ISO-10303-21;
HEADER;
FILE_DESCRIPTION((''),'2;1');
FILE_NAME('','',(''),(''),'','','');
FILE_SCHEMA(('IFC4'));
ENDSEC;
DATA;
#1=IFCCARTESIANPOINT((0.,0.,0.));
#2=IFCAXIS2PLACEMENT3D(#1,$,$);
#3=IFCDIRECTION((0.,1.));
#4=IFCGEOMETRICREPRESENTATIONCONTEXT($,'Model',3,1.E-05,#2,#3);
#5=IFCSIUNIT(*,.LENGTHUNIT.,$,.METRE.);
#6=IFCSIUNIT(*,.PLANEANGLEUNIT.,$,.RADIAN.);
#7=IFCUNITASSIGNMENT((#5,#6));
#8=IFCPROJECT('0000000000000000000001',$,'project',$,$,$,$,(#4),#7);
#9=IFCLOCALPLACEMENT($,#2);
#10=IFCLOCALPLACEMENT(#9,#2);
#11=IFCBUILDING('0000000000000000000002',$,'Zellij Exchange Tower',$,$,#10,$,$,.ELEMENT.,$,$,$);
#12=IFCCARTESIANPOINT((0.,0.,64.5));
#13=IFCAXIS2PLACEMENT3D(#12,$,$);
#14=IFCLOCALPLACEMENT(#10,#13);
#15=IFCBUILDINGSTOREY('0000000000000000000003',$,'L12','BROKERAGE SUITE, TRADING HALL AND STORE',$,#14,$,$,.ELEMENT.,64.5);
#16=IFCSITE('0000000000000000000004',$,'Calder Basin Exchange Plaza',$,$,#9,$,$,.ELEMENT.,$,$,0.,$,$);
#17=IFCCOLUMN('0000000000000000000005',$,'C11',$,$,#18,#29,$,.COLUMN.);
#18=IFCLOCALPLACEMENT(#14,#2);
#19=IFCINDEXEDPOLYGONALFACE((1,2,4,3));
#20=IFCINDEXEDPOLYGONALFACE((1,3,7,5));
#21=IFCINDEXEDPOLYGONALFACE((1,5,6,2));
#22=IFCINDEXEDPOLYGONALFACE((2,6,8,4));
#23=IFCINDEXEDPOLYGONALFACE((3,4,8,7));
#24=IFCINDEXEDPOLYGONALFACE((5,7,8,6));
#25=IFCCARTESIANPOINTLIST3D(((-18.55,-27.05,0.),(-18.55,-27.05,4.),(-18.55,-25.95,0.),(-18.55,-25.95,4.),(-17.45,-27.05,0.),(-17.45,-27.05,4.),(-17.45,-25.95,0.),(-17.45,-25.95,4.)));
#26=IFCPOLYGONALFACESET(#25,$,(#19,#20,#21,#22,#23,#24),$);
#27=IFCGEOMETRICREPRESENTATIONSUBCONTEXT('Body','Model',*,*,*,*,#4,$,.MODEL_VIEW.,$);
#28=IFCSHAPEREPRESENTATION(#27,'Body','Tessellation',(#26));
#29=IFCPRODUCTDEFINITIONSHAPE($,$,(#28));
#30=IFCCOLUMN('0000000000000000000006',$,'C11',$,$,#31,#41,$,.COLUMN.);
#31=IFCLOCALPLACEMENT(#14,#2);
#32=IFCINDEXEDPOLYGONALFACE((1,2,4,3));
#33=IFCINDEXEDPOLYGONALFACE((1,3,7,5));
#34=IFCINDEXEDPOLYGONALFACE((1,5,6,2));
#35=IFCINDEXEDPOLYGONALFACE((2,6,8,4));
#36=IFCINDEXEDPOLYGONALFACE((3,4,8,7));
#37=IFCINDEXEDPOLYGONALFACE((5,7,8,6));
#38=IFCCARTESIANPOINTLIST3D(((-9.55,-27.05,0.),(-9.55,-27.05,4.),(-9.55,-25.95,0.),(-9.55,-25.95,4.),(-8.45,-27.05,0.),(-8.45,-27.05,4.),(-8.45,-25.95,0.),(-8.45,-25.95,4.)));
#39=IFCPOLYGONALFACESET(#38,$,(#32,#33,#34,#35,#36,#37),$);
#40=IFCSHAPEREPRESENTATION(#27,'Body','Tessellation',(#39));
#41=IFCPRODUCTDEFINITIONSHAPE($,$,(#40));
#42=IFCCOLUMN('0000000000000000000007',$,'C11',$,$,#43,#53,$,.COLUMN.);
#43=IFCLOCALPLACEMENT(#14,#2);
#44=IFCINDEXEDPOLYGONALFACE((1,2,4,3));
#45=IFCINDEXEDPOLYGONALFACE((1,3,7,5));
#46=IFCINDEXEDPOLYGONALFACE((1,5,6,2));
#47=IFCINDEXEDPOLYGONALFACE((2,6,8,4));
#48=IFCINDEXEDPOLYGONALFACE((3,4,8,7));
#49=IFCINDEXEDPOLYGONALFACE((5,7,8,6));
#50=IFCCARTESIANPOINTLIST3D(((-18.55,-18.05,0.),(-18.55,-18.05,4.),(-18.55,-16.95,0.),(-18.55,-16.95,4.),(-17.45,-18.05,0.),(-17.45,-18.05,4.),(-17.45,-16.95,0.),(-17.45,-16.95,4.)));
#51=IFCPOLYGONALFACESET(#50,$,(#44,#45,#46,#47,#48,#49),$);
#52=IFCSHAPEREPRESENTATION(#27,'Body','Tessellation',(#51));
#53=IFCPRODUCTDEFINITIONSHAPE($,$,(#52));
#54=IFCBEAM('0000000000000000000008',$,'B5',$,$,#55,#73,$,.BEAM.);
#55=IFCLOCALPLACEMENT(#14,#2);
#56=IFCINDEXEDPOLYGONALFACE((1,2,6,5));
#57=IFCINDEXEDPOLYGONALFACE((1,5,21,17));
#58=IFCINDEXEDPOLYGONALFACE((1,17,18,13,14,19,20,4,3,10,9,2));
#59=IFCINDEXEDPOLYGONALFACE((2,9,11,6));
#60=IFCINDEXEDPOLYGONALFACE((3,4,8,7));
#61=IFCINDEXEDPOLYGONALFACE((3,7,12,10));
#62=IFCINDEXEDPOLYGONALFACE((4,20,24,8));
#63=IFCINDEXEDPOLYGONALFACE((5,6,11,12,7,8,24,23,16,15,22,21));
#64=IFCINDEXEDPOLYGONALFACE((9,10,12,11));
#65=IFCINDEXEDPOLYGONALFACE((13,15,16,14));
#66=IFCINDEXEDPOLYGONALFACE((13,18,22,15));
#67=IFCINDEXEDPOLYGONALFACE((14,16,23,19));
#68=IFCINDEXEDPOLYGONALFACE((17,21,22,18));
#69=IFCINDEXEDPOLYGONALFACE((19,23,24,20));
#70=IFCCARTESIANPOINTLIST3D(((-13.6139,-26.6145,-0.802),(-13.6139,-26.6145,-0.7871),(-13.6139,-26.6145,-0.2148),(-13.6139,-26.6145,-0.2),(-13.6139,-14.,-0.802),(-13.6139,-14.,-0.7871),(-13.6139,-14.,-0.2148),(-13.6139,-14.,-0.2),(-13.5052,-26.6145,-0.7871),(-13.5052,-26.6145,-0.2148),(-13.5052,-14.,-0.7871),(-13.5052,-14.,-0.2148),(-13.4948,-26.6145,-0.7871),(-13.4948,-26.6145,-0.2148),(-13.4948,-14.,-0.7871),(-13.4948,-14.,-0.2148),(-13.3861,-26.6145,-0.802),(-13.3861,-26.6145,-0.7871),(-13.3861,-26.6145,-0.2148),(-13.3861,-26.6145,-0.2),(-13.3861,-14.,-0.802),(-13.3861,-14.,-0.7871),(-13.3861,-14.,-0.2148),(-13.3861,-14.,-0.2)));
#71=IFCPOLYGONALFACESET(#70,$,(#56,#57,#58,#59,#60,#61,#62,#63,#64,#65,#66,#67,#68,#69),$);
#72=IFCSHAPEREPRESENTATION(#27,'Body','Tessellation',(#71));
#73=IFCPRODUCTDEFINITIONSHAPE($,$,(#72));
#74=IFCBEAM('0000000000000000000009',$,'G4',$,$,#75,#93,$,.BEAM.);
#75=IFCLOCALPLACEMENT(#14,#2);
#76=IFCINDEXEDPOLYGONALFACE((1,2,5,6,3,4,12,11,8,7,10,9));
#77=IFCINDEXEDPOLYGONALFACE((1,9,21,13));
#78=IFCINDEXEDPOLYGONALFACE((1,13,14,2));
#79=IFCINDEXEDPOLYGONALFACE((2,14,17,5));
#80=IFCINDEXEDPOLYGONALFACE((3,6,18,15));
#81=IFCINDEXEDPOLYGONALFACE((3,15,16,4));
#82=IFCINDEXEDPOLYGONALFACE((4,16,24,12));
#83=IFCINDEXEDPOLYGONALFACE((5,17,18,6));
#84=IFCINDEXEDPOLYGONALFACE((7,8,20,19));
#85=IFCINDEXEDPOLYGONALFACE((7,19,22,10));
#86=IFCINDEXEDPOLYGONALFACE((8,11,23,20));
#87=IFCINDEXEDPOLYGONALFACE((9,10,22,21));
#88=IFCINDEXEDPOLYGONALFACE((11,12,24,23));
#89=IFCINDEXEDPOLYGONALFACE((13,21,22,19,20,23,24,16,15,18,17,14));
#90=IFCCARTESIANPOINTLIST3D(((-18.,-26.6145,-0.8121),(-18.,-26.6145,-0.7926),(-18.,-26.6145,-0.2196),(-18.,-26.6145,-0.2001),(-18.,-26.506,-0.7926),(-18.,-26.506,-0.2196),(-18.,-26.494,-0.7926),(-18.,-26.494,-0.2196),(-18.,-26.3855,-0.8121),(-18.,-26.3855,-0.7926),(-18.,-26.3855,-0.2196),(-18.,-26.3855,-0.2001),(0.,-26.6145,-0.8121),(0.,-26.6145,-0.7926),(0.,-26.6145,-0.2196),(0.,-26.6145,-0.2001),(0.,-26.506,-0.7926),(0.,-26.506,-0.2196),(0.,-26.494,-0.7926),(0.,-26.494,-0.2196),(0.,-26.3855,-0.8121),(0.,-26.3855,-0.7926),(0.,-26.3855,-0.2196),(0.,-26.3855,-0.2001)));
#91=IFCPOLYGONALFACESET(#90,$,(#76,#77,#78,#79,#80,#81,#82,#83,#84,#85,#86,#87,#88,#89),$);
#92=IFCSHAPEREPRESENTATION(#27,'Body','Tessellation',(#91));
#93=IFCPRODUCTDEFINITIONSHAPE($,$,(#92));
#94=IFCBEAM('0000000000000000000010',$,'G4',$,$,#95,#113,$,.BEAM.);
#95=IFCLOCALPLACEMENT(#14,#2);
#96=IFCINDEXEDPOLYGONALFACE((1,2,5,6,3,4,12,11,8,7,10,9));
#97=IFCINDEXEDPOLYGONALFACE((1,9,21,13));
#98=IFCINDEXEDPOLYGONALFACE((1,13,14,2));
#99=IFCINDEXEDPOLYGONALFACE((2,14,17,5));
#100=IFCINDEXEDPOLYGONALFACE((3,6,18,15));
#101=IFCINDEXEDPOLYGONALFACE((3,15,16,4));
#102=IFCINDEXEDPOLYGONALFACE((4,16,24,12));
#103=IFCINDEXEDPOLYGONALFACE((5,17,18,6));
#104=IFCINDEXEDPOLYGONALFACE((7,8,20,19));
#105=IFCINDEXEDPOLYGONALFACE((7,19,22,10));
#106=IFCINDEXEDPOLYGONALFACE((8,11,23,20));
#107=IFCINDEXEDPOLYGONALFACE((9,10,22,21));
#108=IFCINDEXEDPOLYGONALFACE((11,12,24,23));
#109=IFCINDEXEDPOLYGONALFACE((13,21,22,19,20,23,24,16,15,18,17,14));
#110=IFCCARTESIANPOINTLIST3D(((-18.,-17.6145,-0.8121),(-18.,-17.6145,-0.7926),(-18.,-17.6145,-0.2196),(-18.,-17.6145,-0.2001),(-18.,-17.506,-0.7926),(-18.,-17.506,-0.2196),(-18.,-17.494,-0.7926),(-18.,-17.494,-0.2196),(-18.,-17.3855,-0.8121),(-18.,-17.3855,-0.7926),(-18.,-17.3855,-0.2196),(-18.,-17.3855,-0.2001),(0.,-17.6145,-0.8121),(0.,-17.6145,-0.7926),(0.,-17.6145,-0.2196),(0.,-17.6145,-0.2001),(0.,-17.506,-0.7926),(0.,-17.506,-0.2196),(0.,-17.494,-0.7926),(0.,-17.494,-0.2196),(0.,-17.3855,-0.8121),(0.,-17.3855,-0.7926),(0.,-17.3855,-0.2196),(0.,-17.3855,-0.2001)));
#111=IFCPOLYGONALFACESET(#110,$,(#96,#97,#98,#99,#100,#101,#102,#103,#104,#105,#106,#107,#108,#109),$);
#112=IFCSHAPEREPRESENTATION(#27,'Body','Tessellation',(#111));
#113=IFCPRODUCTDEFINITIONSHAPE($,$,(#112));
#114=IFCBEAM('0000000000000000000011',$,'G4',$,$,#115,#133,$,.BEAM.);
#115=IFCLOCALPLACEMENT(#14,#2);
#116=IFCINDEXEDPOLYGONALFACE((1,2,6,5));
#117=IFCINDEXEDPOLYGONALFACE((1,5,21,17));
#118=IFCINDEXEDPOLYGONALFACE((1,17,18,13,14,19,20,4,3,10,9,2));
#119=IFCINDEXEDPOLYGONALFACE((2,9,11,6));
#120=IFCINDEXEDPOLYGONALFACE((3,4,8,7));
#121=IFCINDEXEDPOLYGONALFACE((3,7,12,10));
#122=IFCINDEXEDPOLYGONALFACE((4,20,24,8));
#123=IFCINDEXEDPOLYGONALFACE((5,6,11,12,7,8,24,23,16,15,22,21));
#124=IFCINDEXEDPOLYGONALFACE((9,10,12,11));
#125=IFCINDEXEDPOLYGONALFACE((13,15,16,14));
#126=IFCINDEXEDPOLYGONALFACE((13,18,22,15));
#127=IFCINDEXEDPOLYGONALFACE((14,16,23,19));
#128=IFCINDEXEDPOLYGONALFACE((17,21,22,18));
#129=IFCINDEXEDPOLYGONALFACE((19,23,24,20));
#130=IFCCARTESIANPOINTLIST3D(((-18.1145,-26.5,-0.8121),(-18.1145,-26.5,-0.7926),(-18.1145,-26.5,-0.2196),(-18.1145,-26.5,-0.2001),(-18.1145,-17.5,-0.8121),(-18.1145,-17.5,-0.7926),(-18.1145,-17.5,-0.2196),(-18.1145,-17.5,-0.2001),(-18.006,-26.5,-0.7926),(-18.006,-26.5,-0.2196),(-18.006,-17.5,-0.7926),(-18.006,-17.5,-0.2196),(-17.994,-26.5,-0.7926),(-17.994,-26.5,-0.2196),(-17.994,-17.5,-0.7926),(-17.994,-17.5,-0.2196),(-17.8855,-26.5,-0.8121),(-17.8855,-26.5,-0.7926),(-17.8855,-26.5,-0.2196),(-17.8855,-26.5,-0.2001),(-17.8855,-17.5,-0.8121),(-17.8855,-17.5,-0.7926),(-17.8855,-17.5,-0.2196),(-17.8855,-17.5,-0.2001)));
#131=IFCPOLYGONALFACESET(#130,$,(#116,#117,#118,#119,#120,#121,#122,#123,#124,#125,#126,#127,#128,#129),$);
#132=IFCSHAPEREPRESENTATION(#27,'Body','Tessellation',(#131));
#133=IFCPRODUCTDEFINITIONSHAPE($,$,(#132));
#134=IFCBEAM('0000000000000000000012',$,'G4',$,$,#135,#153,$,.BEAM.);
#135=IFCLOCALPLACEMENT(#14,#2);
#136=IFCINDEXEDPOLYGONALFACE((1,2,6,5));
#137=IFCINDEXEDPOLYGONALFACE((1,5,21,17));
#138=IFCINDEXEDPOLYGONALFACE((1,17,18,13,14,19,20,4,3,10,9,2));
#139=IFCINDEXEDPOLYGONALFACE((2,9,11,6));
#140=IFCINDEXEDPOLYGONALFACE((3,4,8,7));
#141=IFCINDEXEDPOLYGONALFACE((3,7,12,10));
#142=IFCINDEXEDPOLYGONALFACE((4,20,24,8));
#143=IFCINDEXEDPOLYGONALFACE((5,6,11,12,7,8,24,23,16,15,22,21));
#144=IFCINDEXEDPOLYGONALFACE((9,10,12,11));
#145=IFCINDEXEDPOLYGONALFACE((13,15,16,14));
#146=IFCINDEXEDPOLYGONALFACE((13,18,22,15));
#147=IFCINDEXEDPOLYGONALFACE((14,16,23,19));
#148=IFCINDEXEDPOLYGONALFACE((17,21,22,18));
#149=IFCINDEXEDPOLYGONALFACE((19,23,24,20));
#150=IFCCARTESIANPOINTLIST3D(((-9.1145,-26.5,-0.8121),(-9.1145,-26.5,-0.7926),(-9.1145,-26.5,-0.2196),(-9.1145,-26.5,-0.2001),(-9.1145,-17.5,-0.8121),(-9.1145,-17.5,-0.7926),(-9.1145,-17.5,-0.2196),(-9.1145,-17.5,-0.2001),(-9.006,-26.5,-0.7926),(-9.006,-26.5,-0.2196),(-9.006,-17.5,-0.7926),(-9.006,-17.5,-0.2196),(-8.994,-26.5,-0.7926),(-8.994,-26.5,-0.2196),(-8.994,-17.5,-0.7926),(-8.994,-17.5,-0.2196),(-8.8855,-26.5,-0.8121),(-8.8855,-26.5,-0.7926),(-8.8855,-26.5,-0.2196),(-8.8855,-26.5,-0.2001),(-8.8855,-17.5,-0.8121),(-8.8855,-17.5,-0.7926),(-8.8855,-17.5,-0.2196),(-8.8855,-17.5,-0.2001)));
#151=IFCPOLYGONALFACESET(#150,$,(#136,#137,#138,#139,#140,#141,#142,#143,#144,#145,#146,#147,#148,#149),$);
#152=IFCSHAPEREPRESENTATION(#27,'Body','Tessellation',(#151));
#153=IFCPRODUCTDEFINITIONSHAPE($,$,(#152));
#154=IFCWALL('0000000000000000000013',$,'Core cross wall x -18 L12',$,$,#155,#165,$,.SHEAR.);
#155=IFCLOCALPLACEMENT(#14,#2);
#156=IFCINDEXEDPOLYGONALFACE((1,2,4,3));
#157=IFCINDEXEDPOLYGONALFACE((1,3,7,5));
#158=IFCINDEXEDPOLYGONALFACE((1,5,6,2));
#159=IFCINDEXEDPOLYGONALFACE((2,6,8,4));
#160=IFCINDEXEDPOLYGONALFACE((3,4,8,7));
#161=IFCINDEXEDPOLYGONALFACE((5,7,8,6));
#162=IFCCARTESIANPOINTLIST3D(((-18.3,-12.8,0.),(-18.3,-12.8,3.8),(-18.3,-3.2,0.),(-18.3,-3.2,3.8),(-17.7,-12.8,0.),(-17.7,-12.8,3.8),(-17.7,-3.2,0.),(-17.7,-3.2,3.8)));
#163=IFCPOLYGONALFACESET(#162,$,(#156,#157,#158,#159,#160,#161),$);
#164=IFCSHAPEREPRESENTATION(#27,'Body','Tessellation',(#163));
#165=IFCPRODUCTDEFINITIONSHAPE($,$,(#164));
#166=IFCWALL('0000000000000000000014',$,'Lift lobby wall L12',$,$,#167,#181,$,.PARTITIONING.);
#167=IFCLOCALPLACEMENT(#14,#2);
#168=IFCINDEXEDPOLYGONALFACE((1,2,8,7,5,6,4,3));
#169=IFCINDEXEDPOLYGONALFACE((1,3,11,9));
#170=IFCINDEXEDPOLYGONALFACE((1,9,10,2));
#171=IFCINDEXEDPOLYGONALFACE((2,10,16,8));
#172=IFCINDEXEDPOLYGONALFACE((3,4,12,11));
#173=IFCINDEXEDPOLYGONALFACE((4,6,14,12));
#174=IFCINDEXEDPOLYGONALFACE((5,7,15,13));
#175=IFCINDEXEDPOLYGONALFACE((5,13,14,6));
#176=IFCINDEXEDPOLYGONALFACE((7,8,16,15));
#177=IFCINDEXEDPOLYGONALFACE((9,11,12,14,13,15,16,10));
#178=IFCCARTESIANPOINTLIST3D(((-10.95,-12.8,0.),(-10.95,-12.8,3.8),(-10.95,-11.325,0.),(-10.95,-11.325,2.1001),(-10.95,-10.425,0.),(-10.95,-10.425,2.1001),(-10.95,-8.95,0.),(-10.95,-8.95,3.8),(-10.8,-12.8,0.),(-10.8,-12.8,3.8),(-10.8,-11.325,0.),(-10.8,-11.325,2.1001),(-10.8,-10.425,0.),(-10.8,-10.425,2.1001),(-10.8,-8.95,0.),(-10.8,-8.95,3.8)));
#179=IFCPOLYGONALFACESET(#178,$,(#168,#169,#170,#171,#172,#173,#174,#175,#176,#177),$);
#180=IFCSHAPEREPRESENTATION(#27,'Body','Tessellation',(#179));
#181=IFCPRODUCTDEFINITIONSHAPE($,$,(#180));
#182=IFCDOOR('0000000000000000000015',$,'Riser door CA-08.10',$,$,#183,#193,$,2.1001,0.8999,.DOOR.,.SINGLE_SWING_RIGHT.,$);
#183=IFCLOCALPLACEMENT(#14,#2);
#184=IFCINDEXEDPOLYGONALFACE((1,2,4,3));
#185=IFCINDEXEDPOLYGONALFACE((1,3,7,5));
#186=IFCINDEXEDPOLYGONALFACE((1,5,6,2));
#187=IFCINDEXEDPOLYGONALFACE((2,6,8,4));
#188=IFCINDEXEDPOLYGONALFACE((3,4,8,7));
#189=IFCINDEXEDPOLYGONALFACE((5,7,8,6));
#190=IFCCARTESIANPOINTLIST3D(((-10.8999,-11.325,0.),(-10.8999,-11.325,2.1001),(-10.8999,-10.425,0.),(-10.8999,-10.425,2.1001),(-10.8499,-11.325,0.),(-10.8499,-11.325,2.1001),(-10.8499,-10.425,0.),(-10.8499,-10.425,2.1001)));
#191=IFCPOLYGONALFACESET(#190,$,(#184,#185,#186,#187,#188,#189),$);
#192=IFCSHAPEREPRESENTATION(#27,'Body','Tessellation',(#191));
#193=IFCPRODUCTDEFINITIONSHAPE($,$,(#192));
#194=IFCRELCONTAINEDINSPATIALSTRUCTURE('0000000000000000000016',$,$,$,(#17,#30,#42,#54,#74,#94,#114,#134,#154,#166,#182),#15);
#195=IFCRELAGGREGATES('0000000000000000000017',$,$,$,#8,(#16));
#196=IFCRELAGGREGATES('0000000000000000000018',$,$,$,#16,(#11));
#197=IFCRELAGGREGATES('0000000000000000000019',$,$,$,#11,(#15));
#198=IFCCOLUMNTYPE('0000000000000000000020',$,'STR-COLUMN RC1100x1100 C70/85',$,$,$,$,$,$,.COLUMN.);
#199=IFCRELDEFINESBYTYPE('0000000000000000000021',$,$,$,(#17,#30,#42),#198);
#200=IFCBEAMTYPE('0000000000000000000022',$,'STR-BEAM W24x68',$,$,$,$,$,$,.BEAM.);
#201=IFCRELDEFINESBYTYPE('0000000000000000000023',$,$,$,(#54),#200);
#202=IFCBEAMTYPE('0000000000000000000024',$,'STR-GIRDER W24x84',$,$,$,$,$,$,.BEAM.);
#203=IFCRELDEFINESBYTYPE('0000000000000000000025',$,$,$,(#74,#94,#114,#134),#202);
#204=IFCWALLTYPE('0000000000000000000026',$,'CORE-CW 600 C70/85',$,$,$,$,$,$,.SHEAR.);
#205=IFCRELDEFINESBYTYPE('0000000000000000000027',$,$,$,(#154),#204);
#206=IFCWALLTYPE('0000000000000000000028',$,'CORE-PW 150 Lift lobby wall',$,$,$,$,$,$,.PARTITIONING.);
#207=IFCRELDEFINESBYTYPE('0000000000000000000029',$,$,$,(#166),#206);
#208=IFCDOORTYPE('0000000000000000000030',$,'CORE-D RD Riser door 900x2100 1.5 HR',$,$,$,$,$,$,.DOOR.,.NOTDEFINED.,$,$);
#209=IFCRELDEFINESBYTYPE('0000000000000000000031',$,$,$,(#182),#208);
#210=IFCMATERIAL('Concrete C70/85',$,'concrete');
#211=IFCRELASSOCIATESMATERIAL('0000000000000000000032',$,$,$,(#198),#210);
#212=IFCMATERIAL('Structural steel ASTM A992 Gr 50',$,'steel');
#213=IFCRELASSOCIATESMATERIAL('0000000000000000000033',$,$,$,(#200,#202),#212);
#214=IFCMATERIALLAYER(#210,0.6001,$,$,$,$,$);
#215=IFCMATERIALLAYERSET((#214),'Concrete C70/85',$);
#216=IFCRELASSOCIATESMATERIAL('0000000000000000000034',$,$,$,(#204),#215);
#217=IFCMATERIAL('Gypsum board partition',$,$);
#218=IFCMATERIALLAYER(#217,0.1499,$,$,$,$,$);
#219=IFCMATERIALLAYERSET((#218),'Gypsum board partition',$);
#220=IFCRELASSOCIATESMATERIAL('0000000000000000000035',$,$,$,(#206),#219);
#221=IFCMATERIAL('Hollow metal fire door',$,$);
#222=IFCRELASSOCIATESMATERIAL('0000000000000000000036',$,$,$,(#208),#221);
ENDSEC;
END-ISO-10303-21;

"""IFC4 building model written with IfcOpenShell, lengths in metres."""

from ifc_helpers import new_model, si_unit, direction, frame, frame_2d, origin, origin_2d, place, context, subcontext, project, spatial, rectangle, i_section, extrude, material, layer, layer_set, material_profile, profile_set, type_object, element, fill, save


model = new_model("IFC4")

# Units and contexts
model_context = context("Model", 3, precision=1e-05, world=origin(), true_north=direction((0.0, 1.0)))
body_context = subcontext(model_context, "Body", "Model", "MODEL_VIEW")
ifc_project = project(units=[si_unit("LENGTHUNIT", "METRE"), si_unit("PLANEANGLEUNIT", "RADIAN")], contexts=[model_context])

# Site, building, storey
site_placement = place(None, origin())
site = spatial("IfcSite", under=ifc_project, at=site_placement, Name="Calder Basin Exchange Plaza", CompositionType="ELEMENT", RefElevation=0.0)
building_placement = place(site_placement, origin())
building = spatial("IfcBuilding", under=site, at=building_placement, Name="Zellij Exchange Tower", CompositionType="ELEMENT")
storey_placement = place(building_placement, frame((0.0, 0.0, 64.5)))
storey = spatial("IfcBuildingStorey", under=building, at=storey_placement, Name="L12", Description="BROKERAGE SUITE, TRADING HALL AND STORE", CompositionType="ELEMENT", Elevation=64.5)

# Columns
ifc_material_1 = material(Name="Concrete C70/85", Category="concrete")
ifc_material_profile_1 = material_profile(ifc_material_1, rectangle(XDim=1.1001, YDim=1.1001, at=origin_2d()), Name="STR-COLUMN RC1100x1100 C70/85")
ifc_profile_set_1 = profile_set([ifc_material_profile_1], Name="Concrete C70/85")
column_type = type_object("IfcColumnType", Name="STR-COLUMN RC1100x1100 C70/85", PredefinedType="COLUMN", material=ifc_profile_set_1)
for number, where, z_axis, x_axis, name in (
    (1, (-18.0, -26.5, 0.0), (0.0, 0.0, 1.0), (1.0, 0.0, 0.0), "C11"),
    (2, (-9.0, -26.5, 0.0), (0.0, 0.0, 1.0), (1.0, 0.0, 0.0), "C11"),
    (3, (-18.0, -17.5, 0.0), (0.0, 0.0, 1.0), (1.0, 0.0, 0.0), "C11"),
):
    element("IfcColumn", number, at=place(storey_placement, frame(where, z_axis=z_axis, x_axis=x_axis)), inside=storey, type_object=column_type, Name=name, PredefinedType="COLUMN", context=body_context, shape_type="SweptSolid", body=[
        extrude(rectangle(XDim=1.1001, YDim=1.1001, at=origin_2d()), origin(), (0.0, 0.0, 1.0), 4.0),
    ])

# Beams
ifc_material_2 = material(Name="Structural steel ASTM A992 Gr 50", Category="steel")
ifc_material_profile_2 = material_profile(ifc_material_2, i_section(OverallWidth=0.2278, OverallDepth=0.6021, WebThickness=0.0105, FlangeThickness=0.0149, at=origin_2d()), Name="W24x68")
ifc_profile_set_2 = profile_set([ifc_material_profile_2], Name="Structural steel ASTM A992 Gr 50")
beam_type_1 = type_object("IfcBeamType", Name="STR-BEAM W24x68", PredefinedType="BEAM", material=ifc_profile_set_2)
beam_placement = place(storey_placement, frame((-13.5, -26.6145, -0.501), z_axis=(0.0, 1.0, 0.0), x_axis=(-1.0, 0.0, 0.0)))
element("IfcBeam", 4, at=beam_placement, inside=storey, type_object=beam_type_1, Name="B5", PredefinedType="BEAM", context=body_context, shape_type="SweptSolid", body=[
    extrude(i_section(OverallWidth=0.2278, OverallDepth=0.6021, WebThickness=0.0105, FlangeThickness=0.0149, at=origin_2d()), origin(), (0.0, 0.0, 1.0), 12.6145),
])
ifc_material_profile_3 = material_profile(ifc_material_2, i_section(OverallWidth=0.229, OverallDepth=0.6121, WebThickness=0.012, FlangeThickness=0.0195, at=origin_2d()), Name="W24x84")
ifc_profile_set_3 = profile_set([ifc_material_profile_3], Name="Structural steel ASTM A992 Gr 50")
beam_type_2 = type_object("IfcBeamType", Name="STR-GIRDER W24x84", PredefinedType="BEAM", material=ifc_profile_set_3)
for number, where, z_axis, x_axis, name in (
    (5, (-18.0, -26.5, -0.5061), (1.0, 0.0, 0.0), (0.0, 1.0, 0.0), "G4"),
    (6, (-18.0, -17.5, -0.5061), (1.0, 0.0, 0.0), (0.0, 1.0, 0.0), "G4"),
):
    element("IfcBeam", number, at=place(storey_placement, frame(where, z_axis=z_axis, x_axis=x_axis)), inside=storey, type_object=beam_type_2, Name=name, PredefinedType="BEAM", context=body_context, shape_type="SweptSolid", body=[
        extrude(i_section(OverallWidth=0.229, OverallDepth=0.6121, WebThickness=0.012, FlangeThickness=0.0195, at=origin_2d()), origin(), (0.0, 0.0, 1.0), 18.0),
    ])
for number, where, z_axis, x_axis, name in (
    (7, (-18.0, -26.5, -0.5061), (0.0, 1.0, 0.0), (-1.0, 0.0, 0.0), "G4"),
    (8, (-9.0, -26.5, -0.5061), (0.0, 1.0, 0.0), (-1.0, 0.0, 0.0), "G4"),
):
    element("IfcBeam", number, at=place(storey_placement, frame(where, z_axis=z_axis, x_axis=x_axis)), inside=storey, type_object=beam_type_2, Name=name, PredefinedType="BEAM", context=body_context, shape_type="SweptSolid", body=[
        extrude(i_section(OverallWidth=0.229, OverallDepth=0.6121, WebThickness=0.012, FlangeThickness=0.0195, at=origin_2d()), origin(), (0.0, 0.0, 1.0), 9.0),
    ])

# Wall
ifc_layer_1 = layer(ifc_material_1, 0.6001)
ifc_layer_set_1 = layer_set([ifc_layer_1], Name="Concrete C70/85")
wall_type_1 = type_object("IfcWallType", Name="CORE-CW 600 C70/85", PredefinedType="SHEAR", material=ifc_layer_set_1)
wall_1_placement = place(storey_placement, frame((-18.0, -12.8, 0.0), z_axis=(0.0, 0.0, 1.0), x_axis=(0.0, 1.0, 0.0)))
element("IfcWall", 9, at=wall_1_placement, inside=storey, type_object=wall_type_1, Name="Core cross wall x -18 L12", PredefinedType="SHEAR", context=body_context, shape_type="SweptSolid", body=[
    extrude(rectangle(XDim=9.6001, YDim=0.6001, at=frame_2d((4.8, 0.0))), origin(), (0.0, 0.0, 1.0), 3.8),
])

# Wall, opening, door
ifc_material_3 = material(Name="Gypsum board partition")
ifc_layer_2 = layer(ifc_material_3, 0.1499)
ifc_layer_set_2 = layer_set([ifc_layer_2], Name="Gypsum board partition")
wall_type_2 = type_object("IfcWallType", Name="CORE-PW 150 Lift lobby wall", PredefinedType="PARTITIONING", material=ifc_layer_set_2)
wall_2_placement = place(storey_placement, frame((-10.875, -12.8, 0.0), z_axis=(0.0, 0.0, 1.0), x_axis=(0.0, 1.0, 0.0)))
wall_2 = element("IfcWall", 10, at=wall_2_placement, inside=storey, type_object=wall_type_2, Name="Lift lobby wall L12", PredefinedType="PARTITIONING", context=body_context, shape_type="SweptSolid", body=[
    extrude(rectangle(XDim=3.8501, YDim=0.1499, at=frame_2d((1.925, 0.0))), origin(), (0.0, 0.0, 1.0), 3.8),
])
opening_1_placement = place(wall_2_placement, frame((1.4751, 0.0, 0.0)))
opening_1 = element("IfcOpeningElement", 11, at=opening_1_placement, cuts=wall_2, PredefinedType="OPENING", context=body_context, shape_type="SweptSolid", body=[
    extrude(rectangle(XDim=0.8999, YDim=2.1001, at=frame_2d((0.45, 1.05))), frame((0.0, 0.0869, 0.0), z_axis=(0.0, -1.0, 0.0), x_axis=(1.0, 0.0, 0.0)), (0.0, 0.0, 1.0), 0.1738),
])
ifc_material_4 = material(Name="Hollow metal fire door")
door_type_1 = type_object("IfcDoorType", Name="CORE-D RD Riser door 900x2100 1.5 HR", OperationType="NOTDEFINED", PredefinedType="DOOR", material=ifc_material_4)
door_1_placement = place(opening_1_placement, origin())
door_1 = element("IfcDoor", 12, at=door_1_placement, inside=storey, type_object=door_type_1, Name="Riser door CA-08.10", OperationType="SINGLE_SWING_RIGHT", OverallHeight=2.1001, OverallWidth=0.8999, PredefinedType="DOOR", context=body_context, shape_type="SweptSolid", body=[
    extrude(rectangle(XDim=0.8999, YDim=2.1001, at=frame_2d((0.45, 1.05))), frame((0.0, 0.0249, 0.0), z_axis=(0.0, -1.0, 0.0), x_axis=(1.0, 0.0, 0.0)), (0.0, 0.0, 1.0), 0.05),
])
fill(opening_1, door_1)

save(model, "model.ifc")
